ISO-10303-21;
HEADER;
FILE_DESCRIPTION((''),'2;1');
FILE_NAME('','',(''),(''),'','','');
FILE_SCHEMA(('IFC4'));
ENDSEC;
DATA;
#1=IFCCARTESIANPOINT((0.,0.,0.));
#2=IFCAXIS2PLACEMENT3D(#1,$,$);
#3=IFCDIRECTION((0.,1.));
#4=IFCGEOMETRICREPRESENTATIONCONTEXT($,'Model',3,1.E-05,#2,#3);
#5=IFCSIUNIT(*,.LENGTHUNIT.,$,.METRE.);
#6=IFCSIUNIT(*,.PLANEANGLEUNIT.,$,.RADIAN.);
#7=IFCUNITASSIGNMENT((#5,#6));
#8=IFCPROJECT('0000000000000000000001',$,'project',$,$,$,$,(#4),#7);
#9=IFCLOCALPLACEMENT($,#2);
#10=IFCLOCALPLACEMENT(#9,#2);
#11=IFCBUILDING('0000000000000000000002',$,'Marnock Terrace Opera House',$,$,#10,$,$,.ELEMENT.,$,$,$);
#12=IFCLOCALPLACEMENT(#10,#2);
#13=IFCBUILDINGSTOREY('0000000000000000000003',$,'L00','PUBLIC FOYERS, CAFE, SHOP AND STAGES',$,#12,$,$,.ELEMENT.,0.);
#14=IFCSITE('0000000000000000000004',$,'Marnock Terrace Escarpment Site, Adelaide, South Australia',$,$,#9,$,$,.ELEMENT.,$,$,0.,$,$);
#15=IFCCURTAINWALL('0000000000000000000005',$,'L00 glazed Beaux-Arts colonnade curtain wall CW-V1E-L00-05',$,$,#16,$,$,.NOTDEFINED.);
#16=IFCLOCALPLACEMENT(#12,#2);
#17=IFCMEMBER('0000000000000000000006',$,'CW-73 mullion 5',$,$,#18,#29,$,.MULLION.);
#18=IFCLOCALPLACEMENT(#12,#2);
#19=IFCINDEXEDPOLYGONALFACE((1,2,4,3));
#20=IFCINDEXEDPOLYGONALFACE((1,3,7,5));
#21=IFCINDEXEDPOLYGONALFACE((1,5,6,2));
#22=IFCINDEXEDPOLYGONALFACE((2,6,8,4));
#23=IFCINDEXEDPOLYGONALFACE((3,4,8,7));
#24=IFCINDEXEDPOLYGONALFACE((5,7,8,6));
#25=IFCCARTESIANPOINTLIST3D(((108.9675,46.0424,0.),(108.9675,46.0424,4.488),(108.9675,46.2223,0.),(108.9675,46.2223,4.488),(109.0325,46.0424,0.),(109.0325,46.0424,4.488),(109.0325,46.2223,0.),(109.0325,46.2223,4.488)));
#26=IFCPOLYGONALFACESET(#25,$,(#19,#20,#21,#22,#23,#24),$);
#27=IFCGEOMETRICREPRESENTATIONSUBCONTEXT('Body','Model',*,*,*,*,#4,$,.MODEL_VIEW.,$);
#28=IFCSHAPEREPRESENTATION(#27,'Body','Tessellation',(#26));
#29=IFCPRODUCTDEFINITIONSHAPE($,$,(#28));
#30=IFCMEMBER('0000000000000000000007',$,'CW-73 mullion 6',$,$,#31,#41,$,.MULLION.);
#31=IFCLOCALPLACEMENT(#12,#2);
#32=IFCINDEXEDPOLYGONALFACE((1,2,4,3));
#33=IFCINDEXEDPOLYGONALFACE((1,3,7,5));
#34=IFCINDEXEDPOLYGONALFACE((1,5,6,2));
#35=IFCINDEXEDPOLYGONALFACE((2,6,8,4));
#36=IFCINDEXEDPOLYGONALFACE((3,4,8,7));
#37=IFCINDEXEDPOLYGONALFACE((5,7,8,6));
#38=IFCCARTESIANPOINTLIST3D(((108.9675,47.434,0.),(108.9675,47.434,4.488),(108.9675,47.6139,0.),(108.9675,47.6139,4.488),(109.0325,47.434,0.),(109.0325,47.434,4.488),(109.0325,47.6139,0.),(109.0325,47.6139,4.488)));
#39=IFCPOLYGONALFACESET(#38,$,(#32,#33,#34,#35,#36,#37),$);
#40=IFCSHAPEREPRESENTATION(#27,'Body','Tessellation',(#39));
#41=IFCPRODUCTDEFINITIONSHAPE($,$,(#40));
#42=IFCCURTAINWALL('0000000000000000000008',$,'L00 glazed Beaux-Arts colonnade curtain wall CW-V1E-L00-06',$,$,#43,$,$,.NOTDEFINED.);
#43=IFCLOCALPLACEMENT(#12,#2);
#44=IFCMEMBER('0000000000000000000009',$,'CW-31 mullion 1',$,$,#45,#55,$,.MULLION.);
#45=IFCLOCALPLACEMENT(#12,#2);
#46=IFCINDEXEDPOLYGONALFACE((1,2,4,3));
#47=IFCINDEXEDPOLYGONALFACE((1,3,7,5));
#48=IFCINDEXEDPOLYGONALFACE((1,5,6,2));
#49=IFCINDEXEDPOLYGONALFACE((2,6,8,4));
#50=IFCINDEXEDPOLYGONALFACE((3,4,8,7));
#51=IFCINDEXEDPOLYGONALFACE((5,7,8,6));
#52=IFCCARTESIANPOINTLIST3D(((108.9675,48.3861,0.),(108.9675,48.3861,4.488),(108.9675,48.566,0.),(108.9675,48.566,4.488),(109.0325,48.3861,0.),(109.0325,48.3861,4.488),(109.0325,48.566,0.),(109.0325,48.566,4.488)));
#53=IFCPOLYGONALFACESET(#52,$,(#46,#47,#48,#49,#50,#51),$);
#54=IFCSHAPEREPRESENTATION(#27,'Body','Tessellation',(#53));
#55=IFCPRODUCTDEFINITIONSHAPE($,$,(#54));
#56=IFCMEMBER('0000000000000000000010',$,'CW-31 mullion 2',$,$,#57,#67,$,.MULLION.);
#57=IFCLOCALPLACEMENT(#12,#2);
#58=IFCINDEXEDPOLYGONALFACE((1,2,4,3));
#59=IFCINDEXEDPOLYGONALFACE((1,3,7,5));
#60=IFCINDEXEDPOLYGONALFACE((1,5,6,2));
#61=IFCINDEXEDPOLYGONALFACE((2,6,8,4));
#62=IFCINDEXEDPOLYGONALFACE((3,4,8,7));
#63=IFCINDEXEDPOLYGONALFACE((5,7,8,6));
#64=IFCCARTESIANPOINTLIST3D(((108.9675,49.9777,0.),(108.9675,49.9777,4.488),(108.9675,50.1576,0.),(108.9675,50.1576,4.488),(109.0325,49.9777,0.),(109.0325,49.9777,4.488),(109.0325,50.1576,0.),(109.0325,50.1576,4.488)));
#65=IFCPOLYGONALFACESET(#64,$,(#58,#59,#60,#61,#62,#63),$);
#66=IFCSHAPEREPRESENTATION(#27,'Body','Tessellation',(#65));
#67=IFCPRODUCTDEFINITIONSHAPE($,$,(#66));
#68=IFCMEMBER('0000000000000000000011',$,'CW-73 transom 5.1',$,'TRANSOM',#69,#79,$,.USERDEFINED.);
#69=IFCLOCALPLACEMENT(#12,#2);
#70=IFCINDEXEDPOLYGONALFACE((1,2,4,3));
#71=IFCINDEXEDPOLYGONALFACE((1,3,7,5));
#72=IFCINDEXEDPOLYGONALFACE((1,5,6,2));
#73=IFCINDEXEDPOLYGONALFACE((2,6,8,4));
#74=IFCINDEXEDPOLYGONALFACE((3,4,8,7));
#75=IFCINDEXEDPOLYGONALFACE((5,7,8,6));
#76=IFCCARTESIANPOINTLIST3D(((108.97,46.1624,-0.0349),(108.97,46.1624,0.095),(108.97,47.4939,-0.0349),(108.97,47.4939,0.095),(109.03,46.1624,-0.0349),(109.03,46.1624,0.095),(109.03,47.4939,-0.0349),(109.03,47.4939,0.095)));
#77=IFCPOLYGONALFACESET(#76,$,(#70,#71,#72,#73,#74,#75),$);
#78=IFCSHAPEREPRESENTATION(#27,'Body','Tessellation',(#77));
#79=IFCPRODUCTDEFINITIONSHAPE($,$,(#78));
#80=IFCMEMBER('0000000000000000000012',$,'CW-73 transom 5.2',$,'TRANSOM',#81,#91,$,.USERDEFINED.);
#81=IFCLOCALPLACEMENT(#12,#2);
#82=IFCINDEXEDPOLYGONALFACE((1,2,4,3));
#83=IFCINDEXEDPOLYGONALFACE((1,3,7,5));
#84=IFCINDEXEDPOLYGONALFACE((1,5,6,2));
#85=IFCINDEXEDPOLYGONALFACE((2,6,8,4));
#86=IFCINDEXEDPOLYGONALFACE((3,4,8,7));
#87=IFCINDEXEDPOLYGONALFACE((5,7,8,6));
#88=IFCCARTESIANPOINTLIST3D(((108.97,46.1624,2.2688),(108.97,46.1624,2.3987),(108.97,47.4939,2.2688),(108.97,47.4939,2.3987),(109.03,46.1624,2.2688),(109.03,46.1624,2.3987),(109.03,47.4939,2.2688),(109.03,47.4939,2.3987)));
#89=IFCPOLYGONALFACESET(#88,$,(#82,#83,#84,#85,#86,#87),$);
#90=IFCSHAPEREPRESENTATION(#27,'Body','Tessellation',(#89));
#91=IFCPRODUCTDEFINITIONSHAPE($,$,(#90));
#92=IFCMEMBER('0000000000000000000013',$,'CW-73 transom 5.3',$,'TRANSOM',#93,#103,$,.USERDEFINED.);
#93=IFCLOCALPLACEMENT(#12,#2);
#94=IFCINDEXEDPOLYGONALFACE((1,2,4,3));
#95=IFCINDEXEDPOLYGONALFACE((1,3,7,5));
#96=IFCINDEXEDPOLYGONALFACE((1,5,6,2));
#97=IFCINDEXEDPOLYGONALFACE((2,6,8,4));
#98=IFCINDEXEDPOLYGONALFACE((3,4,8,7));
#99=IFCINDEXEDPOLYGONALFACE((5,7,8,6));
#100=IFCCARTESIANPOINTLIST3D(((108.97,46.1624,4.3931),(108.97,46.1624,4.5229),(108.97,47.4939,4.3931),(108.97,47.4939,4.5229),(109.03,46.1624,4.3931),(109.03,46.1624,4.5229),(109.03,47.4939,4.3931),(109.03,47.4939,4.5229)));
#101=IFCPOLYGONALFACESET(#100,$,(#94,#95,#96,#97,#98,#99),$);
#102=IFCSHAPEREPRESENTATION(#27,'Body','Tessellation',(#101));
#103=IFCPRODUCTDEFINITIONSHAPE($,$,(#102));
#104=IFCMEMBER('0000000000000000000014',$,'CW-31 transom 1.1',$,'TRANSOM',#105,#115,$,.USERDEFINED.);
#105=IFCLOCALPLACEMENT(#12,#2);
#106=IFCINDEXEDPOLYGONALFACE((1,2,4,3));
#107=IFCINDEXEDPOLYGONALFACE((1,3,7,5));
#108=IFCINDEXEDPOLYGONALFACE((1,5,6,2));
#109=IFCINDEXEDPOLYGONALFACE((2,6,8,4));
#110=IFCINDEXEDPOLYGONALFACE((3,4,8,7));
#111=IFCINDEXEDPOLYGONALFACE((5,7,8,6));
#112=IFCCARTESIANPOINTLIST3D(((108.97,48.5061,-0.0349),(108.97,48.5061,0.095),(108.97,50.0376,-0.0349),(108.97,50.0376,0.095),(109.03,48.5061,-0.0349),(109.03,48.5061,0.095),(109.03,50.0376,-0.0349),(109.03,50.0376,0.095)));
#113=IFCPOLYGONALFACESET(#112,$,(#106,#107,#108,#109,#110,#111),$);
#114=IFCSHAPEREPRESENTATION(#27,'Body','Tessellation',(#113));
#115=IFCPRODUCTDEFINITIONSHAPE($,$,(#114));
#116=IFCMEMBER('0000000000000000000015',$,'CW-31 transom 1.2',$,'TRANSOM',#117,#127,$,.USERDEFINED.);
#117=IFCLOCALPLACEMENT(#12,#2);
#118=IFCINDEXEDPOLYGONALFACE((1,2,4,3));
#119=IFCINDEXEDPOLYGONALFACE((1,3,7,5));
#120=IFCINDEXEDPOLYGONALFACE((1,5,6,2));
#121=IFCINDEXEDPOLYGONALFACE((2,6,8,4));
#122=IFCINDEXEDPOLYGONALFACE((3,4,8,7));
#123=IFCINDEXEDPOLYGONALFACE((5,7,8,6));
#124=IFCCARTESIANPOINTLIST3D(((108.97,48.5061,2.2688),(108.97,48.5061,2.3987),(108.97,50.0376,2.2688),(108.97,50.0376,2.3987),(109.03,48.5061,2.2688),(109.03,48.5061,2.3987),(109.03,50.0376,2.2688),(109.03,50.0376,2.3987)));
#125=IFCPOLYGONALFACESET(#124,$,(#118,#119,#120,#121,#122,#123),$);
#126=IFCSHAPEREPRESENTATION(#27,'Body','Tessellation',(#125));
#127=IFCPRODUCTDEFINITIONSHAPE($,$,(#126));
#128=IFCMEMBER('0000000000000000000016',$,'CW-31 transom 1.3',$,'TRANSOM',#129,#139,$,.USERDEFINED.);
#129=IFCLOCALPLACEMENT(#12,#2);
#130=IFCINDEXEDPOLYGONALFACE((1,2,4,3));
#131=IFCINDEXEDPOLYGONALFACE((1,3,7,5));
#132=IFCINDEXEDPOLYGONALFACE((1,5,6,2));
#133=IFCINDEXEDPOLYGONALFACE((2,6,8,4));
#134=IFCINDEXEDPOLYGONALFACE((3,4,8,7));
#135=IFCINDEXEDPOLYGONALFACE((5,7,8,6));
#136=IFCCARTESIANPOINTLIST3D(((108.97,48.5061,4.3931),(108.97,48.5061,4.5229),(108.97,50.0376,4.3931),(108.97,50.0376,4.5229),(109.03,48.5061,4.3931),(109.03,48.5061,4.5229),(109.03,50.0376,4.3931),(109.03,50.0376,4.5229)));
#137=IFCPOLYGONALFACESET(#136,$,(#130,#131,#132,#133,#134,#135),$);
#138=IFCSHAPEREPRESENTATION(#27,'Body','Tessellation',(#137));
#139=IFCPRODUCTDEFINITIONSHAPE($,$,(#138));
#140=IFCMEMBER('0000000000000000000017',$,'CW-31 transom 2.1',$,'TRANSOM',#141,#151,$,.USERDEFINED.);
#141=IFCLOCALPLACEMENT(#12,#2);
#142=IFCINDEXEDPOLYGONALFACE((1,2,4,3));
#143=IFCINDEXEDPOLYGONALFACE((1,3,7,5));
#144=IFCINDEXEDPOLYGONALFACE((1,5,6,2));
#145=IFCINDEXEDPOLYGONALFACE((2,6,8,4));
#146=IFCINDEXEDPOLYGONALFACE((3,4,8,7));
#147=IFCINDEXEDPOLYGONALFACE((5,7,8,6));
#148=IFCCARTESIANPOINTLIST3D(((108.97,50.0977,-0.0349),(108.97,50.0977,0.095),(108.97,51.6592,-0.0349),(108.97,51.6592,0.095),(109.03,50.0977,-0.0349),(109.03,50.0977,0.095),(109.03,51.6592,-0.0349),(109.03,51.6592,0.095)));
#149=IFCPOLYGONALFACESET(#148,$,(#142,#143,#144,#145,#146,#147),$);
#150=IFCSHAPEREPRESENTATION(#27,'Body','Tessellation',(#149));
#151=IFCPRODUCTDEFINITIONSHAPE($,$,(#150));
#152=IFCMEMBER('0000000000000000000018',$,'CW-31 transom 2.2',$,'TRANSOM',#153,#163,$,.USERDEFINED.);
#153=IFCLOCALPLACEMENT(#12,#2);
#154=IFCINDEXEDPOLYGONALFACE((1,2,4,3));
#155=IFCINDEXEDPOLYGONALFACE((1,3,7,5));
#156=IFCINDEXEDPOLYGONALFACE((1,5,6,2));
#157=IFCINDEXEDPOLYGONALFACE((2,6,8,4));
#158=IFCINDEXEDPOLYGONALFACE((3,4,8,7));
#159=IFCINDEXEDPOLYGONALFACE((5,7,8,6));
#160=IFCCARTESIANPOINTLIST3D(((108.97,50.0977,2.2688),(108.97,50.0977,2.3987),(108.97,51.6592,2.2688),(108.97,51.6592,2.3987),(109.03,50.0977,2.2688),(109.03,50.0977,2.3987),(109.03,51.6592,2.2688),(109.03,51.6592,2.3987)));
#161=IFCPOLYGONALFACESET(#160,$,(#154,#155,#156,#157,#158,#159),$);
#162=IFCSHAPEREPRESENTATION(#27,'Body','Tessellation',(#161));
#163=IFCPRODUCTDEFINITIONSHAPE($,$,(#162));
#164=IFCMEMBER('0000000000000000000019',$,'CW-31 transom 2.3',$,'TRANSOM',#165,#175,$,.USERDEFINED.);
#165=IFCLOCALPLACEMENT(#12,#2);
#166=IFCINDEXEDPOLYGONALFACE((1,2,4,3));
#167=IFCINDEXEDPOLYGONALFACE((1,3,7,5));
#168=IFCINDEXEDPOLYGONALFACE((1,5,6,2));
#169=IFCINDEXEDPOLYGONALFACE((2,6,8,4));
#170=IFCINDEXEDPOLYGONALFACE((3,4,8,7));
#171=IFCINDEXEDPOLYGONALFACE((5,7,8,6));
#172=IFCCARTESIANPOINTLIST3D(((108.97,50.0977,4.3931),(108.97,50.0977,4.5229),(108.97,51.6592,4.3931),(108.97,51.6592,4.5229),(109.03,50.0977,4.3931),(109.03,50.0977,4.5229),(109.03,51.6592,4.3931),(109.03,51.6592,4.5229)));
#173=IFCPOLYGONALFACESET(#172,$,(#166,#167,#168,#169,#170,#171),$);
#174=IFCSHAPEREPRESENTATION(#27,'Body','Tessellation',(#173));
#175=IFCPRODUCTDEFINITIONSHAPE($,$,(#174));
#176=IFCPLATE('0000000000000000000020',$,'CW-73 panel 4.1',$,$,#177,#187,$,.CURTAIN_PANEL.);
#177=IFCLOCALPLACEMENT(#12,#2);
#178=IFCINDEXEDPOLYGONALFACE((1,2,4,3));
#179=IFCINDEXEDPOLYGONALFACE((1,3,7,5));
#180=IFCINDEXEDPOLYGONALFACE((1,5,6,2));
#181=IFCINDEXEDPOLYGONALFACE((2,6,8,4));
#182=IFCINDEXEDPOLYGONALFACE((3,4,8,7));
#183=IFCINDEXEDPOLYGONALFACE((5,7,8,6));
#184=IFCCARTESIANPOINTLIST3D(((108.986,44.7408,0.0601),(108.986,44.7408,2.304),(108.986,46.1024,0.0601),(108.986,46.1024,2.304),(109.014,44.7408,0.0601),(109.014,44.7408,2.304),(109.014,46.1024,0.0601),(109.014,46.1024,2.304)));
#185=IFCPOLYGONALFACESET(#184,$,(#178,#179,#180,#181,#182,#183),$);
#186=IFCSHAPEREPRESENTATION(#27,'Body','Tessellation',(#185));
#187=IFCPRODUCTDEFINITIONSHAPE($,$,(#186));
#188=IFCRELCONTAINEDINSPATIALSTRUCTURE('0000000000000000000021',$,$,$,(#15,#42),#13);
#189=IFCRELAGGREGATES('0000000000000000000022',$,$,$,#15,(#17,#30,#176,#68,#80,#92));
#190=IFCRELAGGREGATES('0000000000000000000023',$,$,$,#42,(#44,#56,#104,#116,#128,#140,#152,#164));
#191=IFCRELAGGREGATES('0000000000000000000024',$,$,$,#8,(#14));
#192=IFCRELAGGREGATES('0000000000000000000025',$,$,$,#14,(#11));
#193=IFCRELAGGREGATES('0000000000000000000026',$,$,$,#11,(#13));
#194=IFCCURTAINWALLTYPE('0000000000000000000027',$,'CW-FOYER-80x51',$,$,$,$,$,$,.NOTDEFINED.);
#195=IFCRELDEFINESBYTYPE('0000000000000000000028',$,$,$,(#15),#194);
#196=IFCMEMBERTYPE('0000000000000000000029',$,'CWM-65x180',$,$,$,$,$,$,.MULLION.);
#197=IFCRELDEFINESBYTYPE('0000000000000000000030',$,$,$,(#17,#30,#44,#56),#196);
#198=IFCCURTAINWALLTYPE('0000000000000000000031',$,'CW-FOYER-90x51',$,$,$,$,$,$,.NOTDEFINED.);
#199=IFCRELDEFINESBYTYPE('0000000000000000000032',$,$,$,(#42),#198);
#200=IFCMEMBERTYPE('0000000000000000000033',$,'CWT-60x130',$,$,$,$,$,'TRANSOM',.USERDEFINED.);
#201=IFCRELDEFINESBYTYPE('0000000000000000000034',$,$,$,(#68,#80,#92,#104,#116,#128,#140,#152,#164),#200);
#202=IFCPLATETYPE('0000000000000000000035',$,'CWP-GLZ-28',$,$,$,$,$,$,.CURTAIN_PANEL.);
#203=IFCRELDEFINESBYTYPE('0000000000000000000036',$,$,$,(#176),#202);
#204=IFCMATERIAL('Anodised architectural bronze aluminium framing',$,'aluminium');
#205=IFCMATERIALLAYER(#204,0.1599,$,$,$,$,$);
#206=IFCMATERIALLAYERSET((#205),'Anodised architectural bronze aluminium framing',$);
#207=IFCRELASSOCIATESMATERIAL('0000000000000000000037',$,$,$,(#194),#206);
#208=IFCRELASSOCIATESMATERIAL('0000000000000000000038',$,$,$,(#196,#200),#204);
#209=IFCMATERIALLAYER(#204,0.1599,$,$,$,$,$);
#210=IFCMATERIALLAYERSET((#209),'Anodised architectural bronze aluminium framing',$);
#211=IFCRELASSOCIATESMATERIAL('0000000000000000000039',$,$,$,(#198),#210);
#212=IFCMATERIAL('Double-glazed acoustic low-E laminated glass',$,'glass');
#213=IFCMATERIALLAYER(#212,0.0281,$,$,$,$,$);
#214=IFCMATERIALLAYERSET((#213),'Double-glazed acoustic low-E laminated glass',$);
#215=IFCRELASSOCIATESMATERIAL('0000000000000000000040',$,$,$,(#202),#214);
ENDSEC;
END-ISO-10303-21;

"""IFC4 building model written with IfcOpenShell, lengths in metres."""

from ifc_helpers import new_model, si_unit, direction, frame, origin, origin_2d, place, context, subcontext, project, spatial, rectangle, extrude, material, layer, layer_set, material_profile, profile_set, type_object, element, aggregate, save


model = new_model("IFC4")

# Units and contexts
model_context = context("Model", 3, precision=1e-05, world=origin(), true_north=direction((0.0, 1.0)))
body_context = subcontext(model_context, "Body", "Model", "MODEL_VIEW")
ifc_project = project(units=[si_unit("LENGTHUNIT", "METRE"), si_unit("PLANEANGLEUNIT", "RADIAN")], contexts=[model_context])

# Site, building, storey
site_placement = place(None, origin())
site = spatial("IfcSite", under=ifc_project, at=site_placement, Name="Marnock Terrace Escarpment Site, Adelaide, South Australia", CompositionType="ELEMENT", RefElevation=0.0)
building_placement = place(site_placement, origin())
building = spatial("IfcBuilding", under=site, at=building_placement, Name="Marnock Terrace Opera House", CompositionType="ELEMENT")
storey_placement = place(building_placement, origin())
storey = spatial("IfcBuildingStorey", under=building, at=storey_placement, Name="L00", Description="PUBLIC FOYERS, CAFE, SHOP AND STAGES", CompositionType="ELEMENT", Elevation=0.0)

# Curtain walls, members
ifc_material_1 = material(Name="Anodised architectural bronze aluminium framing", Category="aluminium")
ifc_layer_1 = layer(ifc_material_1, 0.1599)
ifc_layer_set_1 = layer_set([ifc_layer_1], Name="Anodised architectural bronze aluminium framing")
curtain_wall_type_1 = type_object("IfcCurtainWallType", Name="CW-FOYER-80x51", PredefinedType="NOTDEFINED", material=ifc_layer_set_1)
curtain_wall_1_placement = place(storey_placement, origin())
curtain_wall_1 = element("IfcCurtainWall", 1, at=curtain_wall_1_placement, inside=storey, type_object=curtain_wall_type_1, Name="L00 glazed Beaux-Arts colonnade curtain wall CW-V1E-L00-05", PredefinedType="NOTDEFINED")
ifc_material_profile_1 = material_profile(ifc_material_1, rectangle(XDim=0.0649, YDim=0.1799, at=origin_2d()))
ifc_profile_set_1 = profile_set([ifc_material_profile_1], Name="Anodised architectural bronze aluminium framing")
member_type_1 = type_object("IfcMemberType", Name="CWM-65x180", PredefinedType="MULLION", material=ifc_profile_set_1)
member_1_placement = place(storey_placement, frame((109.0, 46.1323, 0.0), z_axis=(0.0, 0.0, 1.0), x_axis=(-1.0, 0.0, 0.0)))
member_1 = element("IfcMember", 2, at=member_1_placement, type_object=member_type_1, Name="CW-73 mullion 5", PredefinedType="MULLION", context=body_context, shape_type="SweptSolid", body=[
    extrude(rectangle(XDim=0.0649, YDim=0.1799, at=origin_2d()), origin(), (0.0, 0.0, 1.0), 4.488),
])
member_2_placement = place(storey_placement, frame((109.0, 47.5239, 0.0), z_axis=(0.0, 0.0, 1.0), x_axis=(-1.0, 0.0, 0.0)))
member_2 = element("IfcMember", 3, at=member_2_placement, type_object=member_type_1, Name="CW-73 mullion 6", PredefinedType="MULLION", context=body_context, shape_type="SweptSolid", body=[
    extrude(rectangle(XDim=0.0649, YDim=0.1799, at=origin_2d()), origin(), (0.0, 0.0, 1.0), 4.488),
])
ifc_layer_2 = layer(ifc_material_1, 0.1599)
ifc_layer_set_2 = layer_set([ifc_layer_2], Name="Anodised architectural bronze aluminium framing")
curtain_wall_type_2 = type_object("IfcCurtainWallType", Name="CW-FOYER-90x51", PredefinedType="NOTDEFINED", material=ifc_layer_set_2)
curtain_wall_2_placement = place(storey_placement, origin())
curtain_wall_2 = element("IfcCurtainWall", 4, at=curtain_wall_2_placement, inside=storey, type_object=curtain_wall_type_2, Name="L00 glazed Beaux-Arts colonnade curtain wall CW-V1E-L00-06", PredefinedType="NOTDEFINED")
member_3_placement = place(storey_placement, frame((109.0, 48.4761, 0.0), z_axis=(0.0, 0.0, 1.0), x_axis=(-1.0, 0.0, 0.0)))
member_3 = element("IfcMember", 5, at=member_3_placement, type_object=member_type_1, Name="CW-31 mullion 1", PredefinedType="MULLION", context=body_context, shape_type="SweptSolid", body=[
    extrude(rectangle(XDim=0.0649, YDim=0.1799, at=origin_2d()), origin(), (0.0, 0.0, 1.0), 4.488),
])
member_4_placement = place(storey_placement, frame((109.0, 50.0676, 0.0), z_axis=(0.0, 0.0, 1.0), x_axis=(-1.0, 0.0, 0.0)))
member_4 = element("IfcMember", 6, at=member_4_placement, type_object=member_type_1, Name="CW-31 mullion 2", PredefinedType="MULLION", context=body_context, shape_type="SweptSolid", body=[
    extrude(rectangle(XDim=0.0649, YDim=0.1799, at=origin_2d()), origin(), (0.0, 0.0, 1.0), 4.488),
])

# Members
ifc_material_profile_2 = material_profile(ifc_material_1, rectangle(XDim=0.0601, YDim=0.1299, at=origin_2d()))
ifc_profile_set_2 = profile_set([ifc_material_profile_2], Name="Anodised architectural bronze aluminium framing")
member_type_2 = type_object("IfcMemberType", Name="CWT-60x130", ElementType="TRANSOM", PredefinedType="USERDEFINED", material=ifc_profile_set_2)
member_5_placement = place(storey_placement, frame((109.0, 46.1624, 0.03), z_axis=(0.0, 1.0, 0.0), x_axis=(-1.0, 0.0, 0.0)))
member_5 = element("IfcMember", 7, at=member_5_placement, type_object=member_type_2, Name="CW-73 transom 5.1", ObjectType="TRANSOM", PredefinedType="USERDEFINED", context=body_context, shape_type="SweptSolid", body=[
    extrude(rectangle(XDim=0.0601, YDim=0.1299, at=origin_2d()), origin(), (0.0, 0.0, 1.0), 1.3315),
])
member_6_placement = place(storey_placement, frame((109.0, 46.1624, 2.3337), z_axis=(0.0, 1.0, 0.0), x_axis=(-1.0, 0.0, 0.0)))
member_6 = element("IfcMember", 8, at=member_6_placement, type_object=member_type_2, Name="CW-73 transom 5.2", ObjectType="TRANSOM", PredefinedType="USERDEFINED", context=body_context, shape_type="SweptSolid", body=[
    extrude(rectangle(XDim=0.0601, YDim=0.1299, at=origin_2d()), origin(), (0.0, 0.0, 1.0), 1.3315),
])
member_7_placement = place(storey_placement, frame((109.0, 46.1624, 4.458), z_axis=(0.0, 1.0, 0.0), x_axis=(-1.0, 0.0, 0.0)))
member_7 = element("IfcMember", 9, at=member_7_placement, type_object=member_type_2, Name="CW-73 transom 5.3", ObjectType="TRANSOM", PredefinedType="USERDEFINED", context=body_context, shape_type="SweptSolid", body=[
    extrude(rectangle(XDim=0.0601, YDim=0.1299, at=origin_2d()), origin(), (0.0, 0.0, 1.0), 1.3315),
])
member_8_placement = place(storey_placement, frame((109.0, 48.5061, 0.03), z_axis=(0.0, 1.0, 0.0), x_axis=(-1.0, 0.0, 0.0)))
member_8 = element("IfcMember", 10, at=member_8_placement, type_object=member_type_2, Name="CW-31 transom 1.1", ObjectType="TRANSOM", PredefinedType="USERDEFINED", context=body_context, shape_type="SweptSolid", body=[
    extrude(rectangle(XDim=0.0601, YDim=0.1299, at=origin_2d()), origin(), (0.0, 0.0, 1.0), 1.5315),
])
member_9_placement = place(storey_placement, frame((109.0, 48.5061, 2.3337), z_axis=(0.0, 1.0, 0.0), x_axis=(-1.0, 0.0, 0.0)))
member_9 = element("IfcMember", 11, at=member_9_placement, type_object=member_type_2, Name="CW-31 transom 1.2", ObjectType="TRANSOM", PredefinedType="USERDEFINED", context=body_context, shape_type="SweptSolid", body=[
    extrude(rectangle(XDim=0.0601, YDim=0.1299, at=origin_2d()), origin(), (0.0, 0.0, 1.0), 1.5315),
])
member_10_placement = place(storey_placement, frame((109.0, 48.5061, 4.458), z_axis=(0.0, 1.0, 0.0), x_axis=(-1.0, 0.0, 0.0)))
member_10 = element("IfcMember", 12, at=member_10_placement, type_object=member_type_2, Name="CW-31 transom 1.3", ObjectType="TRANSOM", PredefinedType="USERDEFINED", context=body_context, shape_type="SweptSolid", body=[
    extrude(rectangle(XDim=0.0601, YDim=0.1299, at=origin_2d()), origin(), (0.0, 0.0, 1.0), 1.5315),
])
member_11_placement = place(storey_placement, frame((109.0, 50.0977, 0.03), z_axis=(0.0, 1.0, 0.0), x_axis=(-1.0, 0.0, 0.0)))
member_11 = element("IfcMember", 13, at=member_11_placement, type_object=member_type_2, Name="CW-31 transom 2.1", ObjectType="TRANSOM", PredefinedType="USERDEFINED", context=body_context, shape_type="SweptSolid", body=[
    extrude(rectangle(XDim=0.0601, YDim=0.1299, at=origin_2d()), origin(), (0.0, 0.0, 1.0), 1.5615),
])
member_12_placement = place(storey_placement, frame((109.0, 50.0977, 2.3337), z_axis=(0.0, 1.0, 0.0), x_axis=(-1.0, 0.0, 0.0)))
member_12 = element("IfcMember", 14, at=member_12_placement, type_object=member_type_2, Name="CW-31 transom 2.2", ObjectType="TRANSOM", PredefinedType="USERDEFINED", context=body_context, shape_type="SweptSolid", body=[
    extrude(rectangle(XDim=0.0601, YDim=0.1299, at=origin_2d()), origin(), (0.0, 0.0, 1.0), 1.5615),
])
member_13_placement = place(storey_placement, frame((109.0, 50.0977, 4.458), z_axis=(0.0, 1.0, 0.0), x_axis=(-1.0, 0.0, 0.0)))
member_13 = element("IfcMember", 15, at=member_13_placement, type_object=member_type_2, Name="CW-31 transom 2.3", ObjectType="TRANSOM", PredefinedType="USERDEFINED", context=body_context, shape_type="SweptSolid", body=[
    extrude(rectangle(XDim=0.0601, YDim=0.1299, at=origin_2d()), origin(), (0.0, 0.0, 1.0), 1.5615),
])

# Plate
ifc_material_2 = material(Name="Double-glazed acoustic low-E laminated glass", Category="glass")
ifc_layer_3 = layer(ifc_material_2, 0.0281)
ifc_layer_set_3 = layer_set([ifc_layer_3], Name="Double-glazed acoustic low-E laminated glass")
plate_type = type_object("IfcPlateType", Name="CWP-GLZ-28", PredefinedType="CURTAIN_PANEL", material=ifc_layer_set_3)
plate_1_placement = place(storey_placement, frame((109.0, 45.4216, 0.0601), z_axis=(0.0, 0.0, 1.0), x_axis=(0.0, 1.0, 0.0)))
plate_1 = element("IfcPlate", 16, at=plate_1_placement, type_object=plate_type, Name="CW-73 panel 4.1", PredefinedType="CURTAIN_PANEL", context=body_context, shape_type="SweptSolid", body=[
    extrude(rectangle(XDim=1.3616, YDim=0.0281, at=origin_2d()), origin(), (0.0, 0.0, 1.0), 2.2439),
])
aggregate(curtain_wall_1, [member_1, member_2, plate_1, member_5, member_6, member_7])
aggregate(curtain_wall_2, [member_3, member_4, member_8, member_9, member_10, member_11, member_12, member_13])

save(model, "model.ifc")
